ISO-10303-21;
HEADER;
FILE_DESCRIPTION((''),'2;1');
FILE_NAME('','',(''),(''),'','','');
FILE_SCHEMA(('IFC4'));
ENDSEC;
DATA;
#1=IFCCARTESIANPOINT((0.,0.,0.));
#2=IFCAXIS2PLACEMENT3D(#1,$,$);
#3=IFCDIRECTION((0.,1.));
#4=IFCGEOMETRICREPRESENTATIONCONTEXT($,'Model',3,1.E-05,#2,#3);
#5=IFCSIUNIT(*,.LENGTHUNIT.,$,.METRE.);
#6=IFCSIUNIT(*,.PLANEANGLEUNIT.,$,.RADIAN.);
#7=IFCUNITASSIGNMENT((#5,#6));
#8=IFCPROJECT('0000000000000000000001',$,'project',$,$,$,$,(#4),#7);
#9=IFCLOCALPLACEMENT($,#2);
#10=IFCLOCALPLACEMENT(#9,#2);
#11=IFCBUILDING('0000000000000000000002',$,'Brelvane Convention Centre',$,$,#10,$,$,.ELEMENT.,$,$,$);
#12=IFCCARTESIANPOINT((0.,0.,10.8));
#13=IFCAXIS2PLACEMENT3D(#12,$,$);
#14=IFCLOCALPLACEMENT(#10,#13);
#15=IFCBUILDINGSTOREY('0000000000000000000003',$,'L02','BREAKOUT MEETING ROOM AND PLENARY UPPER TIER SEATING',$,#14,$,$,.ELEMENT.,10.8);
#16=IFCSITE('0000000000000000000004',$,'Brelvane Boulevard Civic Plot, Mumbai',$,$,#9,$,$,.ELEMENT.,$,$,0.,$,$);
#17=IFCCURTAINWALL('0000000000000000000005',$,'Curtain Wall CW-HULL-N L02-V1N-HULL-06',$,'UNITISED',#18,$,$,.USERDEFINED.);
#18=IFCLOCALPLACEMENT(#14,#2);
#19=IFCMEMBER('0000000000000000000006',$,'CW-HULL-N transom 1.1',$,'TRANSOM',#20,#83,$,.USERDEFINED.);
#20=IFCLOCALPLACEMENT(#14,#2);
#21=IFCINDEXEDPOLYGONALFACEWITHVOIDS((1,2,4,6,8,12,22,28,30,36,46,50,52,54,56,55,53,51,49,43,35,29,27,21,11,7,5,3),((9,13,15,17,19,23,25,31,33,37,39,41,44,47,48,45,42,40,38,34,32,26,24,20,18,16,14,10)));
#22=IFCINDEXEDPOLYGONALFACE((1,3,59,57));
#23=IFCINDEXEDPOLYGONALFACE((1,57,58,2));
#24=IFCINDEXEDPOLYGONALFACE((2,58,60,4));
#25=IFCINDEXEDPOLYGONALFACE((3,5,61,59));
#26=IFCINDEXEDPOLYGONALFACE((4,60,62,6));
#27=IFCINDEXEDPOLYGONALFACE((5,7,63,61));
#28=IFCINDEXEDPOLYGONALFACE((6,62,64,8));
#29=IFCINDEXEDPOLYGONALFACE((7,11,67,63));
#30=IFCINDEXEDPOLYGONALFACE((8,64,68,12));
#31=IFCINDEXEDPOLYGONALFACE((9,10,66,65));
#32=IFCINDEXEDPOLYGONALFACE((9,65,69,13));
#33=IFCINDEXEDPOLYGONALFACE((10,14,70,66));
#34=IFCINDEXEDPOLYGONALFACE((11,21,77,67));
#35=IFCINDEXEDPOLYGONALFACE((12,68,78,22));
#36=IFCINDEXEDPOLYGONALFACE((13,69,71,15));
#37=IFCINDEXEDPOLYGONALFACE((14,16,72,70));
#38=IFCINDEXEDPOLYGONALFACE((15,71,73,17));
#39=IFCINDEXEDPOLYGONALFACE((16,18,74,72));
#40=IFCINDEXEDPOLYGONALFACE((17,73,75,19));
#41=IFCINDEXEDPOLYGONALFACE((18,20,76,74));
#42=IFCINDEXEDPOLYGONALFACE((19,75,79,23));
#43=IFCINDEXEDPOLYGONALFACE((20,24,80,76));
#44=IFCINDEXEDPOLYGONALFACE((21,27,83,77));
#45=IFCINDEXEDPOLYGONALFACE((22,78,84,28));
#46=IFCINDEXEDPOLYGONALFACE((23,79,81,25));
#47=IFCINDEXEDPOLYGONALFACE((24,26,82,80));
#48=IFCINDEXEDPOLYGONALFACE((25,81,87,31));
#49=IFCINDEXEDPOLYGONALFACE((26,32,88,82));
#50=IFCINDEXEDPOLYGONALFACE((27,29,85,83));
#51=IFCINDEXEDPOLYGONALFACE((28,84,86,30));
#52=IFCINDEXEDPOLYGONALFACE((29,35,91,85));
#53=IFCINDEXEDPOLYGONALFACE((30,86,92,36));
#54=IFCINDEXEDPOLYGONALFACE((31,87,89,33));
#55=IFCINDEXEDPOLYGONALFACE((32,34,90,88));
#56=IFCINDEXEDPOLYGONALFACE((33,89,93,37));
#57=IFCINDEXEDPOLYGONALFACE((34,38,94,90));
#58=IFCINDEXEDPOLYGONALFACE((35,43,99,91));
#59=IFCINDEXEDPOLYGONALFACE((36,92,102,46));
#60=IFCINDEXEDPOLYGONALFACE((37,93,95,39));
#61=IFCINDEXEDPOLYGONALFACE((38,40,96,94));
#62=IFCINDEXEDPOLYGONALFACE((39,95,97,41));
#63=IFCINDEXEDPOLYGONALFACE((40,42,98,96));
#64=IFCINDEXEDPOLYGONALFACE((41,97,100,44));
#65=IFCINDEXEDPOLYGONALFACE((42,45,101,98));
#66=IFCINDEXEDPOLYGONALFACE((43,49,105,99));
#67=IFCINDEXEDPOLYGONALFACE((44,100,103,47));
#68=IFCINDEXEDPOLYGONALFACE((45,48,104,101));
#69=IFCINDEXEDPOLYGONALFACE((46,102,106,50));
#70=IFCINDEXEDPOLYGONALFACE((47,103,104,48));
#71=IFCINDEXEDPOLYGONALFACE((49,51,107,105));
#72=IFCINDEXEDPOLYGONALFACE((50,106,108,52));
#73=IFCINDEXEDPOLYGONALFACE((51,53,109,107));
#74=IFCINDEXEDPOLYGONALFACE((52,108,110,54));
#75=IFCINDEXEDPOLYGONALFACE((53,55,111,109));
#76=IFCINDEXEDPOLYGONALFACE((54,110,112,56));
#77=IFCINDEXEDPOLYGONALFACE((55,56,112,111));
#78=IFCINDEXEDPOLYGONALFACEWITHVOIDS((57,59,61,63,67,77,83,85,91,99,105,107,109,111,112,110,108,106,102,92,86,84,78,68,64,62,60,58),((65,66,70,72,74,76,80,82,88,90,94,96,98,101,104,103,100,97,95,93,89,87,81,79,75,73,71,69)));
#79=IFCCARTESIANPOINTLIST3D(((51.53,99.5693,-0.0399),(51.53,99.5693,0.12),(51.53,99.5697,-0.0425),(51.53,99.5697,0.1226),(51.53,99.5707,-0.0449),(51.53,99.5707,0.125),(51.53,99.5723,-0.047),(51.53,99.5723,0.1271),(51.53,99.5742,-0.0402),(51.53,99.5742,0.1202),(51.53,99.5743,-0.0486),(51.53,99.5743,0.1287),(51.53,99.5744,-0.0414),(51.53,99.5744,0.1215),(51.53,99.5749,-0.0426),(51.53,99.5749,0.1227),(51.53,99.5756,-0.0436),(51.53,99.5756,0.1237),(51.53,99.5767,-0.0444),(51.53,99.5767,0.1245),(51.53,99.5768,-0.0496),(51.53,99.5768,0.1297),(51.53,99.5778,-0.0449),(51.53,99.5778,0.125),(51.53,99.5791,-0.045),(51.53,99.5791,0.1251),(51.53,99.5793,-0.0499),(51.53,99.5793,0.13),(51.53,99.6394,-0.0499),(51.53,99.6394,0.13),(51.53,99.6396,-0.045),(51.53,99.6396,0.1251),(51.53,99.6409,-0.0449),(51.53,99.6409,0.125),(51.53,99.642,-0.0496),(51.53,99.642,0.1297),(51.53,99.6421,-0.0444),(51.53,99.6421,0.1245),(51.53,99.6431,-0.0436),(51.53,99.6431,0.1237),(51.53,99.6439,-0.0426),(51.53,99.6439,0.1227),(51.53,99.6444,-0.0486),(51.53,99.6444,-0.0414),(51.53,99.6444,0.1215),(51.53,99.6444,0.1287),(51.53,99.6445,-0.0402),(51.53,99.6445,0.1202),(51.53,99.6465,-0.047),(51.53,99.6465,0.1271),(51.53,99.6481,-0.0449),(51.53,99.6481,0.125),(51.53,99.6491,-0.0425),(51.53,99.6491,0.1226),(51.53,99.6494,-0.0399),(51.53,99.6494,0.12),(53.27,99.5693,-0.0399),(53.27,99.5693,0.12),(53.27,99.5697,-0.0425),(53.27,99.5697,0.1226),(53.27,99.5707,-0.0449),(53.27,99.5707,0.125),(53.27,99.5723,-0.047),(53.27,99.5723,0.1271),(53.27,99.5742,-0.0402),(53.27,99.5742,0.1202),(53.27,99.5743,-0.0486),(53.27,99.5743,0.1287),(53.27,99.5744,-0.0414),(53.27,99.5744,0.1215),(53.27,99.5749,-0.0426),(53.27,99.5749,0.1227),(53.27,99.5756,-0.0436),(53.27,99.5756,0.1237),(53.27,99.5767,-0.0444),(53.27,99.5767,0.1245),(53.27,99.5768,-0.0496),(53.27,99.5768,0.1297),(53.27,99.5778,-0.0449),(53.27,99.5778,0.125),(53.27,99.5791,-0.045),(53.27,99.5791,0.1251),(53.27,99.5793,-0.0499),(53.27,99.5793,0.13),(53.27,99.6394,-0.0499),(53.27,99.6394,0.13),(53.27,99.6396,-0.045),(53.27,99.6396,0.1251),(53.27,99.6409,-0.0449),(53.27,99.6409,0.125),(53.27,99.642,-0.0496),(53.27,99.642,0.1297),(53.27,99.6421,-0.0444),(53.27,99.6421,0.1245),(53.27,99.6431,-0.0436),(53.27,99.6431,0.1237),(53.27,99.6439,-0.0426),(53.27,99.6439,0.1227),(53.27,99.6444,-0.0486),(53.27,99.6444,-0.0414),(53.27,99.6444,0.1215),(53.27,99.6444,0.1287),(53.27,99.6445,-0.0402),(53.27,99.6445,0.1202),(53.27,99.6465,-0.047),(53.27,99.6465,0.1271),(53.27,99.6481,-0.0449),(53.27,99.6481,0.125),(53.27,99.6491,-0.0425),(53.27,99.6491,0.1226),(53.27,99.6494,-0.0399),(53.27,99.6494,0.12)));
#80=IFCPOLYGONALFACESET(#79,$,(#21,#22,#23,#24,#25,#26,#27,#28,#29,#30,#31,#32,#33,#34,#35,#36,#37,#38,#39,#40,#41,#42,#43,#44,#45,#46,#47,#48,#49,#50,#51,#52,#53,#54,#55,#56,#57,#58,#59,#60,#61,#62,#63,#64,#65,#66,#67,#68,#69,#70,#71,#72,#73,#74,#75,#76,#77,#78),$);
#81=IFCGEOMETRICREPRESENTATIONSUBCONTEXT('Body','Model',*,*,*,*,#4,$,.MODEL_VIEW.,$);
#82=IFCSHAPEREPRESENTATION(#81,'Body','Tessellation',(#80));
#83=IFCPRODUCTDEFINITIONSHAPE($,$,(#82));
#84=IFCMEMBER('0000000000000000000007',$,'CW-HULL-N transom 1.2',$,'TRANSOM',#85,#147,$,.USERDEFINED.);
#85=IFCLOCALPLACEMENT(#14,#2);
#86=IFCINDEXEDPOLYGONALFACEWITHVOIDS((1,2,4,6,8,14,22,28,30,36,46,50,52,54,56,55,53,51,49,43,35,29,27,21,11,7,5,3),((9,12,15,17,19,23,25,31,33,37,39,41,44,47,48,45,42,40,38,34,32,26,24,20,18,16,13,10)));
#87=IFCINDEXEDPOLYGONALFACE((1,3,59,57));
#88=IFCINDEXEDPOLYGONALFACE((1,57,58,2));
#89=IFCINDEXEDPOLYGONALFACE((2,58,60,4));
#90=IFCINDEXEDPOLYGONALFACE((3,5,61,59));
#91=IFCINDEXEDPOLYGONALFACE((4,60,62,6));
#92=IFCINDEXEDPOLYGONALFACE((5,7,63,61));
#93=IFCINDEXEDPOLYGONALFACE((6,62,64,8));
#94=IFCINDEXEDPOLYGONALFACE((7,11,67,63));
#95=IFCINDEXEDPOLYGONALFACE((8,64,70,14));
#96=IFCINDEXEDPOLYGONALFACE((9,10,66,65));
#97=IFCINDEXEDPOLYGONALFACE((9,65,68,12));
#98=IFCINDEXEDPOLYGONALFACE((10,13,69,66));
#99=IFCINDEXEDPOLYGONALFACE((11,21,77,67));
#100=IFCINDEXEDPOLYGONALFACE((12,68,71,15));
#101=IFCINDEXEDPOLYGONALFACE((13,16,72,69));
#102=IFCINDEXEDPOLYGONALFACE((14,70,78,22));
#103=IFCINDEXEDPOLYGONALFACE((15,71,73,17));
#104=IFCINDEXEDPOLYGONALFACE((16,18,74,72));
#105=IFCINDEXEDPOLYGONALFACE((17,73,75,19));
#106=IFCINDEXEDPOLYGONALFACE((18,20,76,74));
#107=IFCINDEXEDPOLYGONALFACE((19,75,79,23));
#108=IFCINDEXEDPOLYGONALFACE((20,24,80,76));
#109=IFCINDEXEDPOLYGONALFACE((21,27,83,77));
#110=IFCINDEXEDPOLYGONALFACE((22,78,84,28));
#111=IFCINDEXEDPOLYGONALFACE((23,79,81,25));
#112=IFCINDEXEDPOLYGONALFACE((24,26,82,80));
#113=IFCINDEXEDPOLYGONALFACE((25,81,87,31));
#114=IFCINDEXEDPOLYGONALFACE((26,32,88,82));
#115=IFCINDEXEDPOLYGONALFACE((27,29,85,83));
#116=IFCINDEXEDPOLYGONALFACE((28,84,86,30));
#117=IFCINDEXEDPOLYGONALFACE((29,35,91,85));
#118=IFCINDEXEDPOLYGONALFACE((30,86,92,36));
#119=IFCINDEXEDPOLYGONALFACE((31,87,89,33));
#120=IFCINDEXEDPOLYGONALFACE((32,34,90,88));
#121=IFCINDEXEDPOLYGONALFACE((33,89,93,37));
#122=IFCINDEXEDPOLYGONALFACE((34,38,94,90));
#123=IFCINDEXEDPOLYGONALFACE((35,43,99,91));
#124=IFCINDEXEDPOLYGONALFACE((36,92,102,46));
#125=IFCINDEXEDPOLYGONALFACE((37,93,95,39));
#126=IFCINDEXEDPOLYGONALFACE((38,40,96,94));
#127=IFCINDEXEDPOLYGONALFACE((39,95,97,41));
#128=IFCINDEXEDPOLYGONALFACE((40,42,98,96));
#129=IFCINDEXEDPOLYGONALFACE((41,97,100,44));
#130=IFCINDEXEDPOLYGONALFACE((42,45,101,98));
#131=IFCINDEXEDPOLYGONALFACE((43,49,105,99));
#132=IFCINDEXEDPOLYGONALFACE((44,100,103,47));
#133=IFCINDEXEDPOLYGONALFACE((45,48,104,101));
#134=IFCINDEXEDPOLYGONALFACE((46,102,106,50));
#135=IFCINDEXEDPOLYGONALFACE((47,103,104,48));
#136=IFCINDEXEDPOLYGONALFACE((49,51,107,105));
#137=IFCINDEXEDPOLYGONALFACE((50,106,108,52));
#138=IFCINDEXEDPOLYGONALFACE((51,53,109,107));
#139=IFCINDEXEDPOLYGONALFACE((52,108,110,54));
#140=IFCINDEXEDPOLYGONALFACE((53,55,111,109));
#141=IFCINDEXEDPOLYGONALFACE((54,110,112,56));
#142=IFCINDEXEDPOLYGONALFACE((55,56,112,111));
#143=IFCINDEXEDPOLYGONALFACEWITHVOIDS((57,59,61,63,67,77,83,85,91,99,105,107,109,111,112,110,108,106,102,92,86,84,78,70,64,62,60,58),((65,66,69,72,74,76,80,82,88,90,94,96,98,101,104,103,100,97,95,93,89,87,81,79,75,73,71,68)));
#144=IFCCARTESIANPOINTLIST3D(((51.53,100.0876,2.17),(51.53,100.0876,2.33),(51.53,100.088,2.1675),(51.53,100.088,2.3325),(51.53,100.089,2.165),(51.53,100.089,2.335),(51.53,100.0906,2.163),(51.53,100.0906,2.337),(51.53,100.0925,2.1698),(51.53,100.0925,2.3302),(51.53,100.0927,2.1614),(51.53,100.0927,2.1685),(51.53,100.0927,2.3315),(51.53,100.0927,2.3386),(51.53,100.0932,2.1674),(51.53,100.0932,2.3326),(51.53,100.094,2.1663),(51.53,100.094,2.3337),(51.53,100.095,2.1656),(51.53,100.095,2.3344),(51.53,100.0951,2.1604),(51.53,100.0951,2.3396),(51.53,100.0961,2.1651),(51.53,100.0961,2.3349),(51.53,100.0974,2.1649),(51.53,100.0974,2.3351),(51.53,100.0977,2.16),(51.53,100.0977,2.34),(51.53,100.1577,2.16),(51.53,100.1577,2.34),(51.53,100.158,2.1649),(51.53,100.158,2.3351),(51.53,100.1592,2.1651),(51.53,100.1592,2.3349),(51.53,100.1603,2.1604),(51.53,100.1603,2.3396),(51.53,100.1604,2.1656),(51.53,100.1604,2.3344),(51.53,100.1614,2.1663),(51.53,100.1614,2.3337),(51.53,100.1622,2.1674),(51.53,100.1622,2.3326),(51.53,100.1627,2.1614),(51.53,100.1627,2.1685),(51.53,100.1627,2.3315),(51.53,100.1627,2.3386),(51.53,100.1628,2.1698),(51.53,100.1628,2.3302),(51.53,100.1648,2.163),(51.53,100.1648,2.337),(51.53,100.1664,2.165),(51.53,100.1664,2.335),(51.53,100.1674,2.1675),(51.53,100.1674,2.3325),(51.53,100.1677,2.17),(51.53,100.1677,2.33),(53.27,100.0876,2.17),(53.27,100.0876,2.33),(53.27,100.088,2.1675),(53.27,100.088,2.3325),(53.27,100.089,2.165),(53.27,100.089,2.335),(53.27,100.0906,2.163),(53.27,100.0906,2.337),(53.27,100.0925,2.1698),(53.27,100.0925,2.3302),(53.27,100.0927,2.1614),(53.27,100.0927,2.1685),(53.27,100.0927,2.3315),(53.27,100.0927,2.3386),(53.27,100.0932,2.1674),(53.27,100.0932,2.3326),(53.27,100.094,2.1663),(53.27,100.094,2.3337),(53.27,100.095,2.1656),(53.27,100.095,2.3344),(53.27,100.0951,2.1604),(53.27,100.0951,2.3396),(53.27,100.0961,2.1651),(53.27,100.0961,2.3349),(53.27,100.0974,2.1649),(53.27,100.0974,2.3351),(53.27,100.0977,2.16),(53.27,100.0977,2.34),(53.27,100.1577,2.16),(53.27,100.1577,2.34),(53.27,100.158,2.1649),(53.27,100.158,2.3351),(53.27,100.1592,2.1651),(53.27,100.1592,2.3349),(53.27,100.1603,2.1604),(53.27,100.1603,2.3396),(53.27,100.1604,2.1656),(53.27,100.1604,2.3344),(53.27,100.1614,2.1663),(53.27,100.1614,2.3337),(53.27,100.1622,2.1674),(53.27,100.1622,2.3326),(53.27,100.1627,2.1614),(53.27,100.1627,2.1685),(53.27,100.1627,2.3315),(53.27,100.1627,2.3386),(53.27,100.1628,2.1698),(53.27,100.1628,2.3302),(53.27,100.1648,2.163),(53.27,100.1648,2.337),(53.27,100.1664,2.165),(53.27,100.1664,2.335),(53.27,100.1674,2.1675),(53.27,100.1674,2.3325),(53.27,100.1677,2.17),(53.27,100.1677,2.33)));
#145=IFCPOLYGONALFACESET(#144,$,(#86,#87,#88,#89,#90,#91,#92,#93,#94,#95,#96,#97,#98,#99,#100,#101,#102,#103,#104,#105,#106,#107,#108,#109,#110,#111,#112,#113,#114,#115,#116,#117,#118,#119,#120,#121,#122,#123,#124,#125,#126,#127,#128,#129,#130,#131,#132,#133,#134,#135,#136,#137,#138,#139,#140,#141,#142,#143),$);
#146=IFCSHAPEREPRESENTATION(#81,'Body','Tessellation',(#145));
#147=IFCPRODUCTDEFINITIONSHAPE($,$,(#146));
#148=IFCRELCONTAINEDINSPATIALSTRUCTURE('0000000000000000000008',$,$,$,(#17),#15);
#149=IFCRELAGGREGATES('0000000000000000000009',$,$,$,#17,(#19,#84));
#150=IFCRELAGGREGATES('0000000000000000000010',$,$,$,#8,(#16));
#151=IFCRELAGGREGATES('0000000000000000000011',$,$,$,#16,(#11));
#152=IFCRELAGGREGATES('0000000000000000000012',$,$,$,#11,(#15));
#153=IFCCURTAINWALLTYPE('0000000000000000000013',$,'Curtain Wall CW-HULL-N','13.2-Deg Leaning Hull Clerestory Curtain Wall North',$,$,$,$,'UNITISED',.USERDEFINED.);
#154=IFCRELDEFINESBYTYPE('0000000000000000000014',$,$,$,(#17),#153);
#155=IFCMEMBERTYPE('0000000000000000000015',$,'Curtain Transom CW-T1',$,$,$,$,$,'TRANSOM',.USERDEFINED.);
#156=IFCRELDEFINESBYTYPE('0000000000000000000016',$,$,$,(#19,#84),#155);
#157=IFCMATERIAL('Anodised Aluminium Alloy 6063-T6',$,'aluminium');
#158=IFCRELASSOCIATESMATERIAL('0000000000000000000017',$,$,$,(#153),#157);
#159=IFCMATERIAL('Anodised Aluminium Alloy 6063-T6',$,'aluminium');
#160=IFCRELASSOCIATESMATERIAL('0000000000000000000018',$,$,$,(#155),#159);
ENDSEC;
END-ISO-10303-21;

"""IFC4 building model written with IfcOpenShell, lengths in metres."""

from ifc_helpers import new_model, si_unit, direction, frame, origin, origin_2d, place, context, subcontext, project, spatial, hollow_rectangle, extrude, material, material_profile, profile_set, type_object, element, aggregate, save


model = new_model("IFC4")

# Units and contexts
model_context = context("Model", 3, precision=1e-05, world=origin(), true_north=direction((0.0, 1.0)))
body_context = subcontext(model_context, "Body", "Model", "MODEL_VIEW")
ifc_project = project(units=[si_unit("LENGTHUNIT", "METRE"), si_unit("PLANEANGLEUNIT", "RADIAN")], contexts=[model_context])

# Site, building, storey
site_placement = place(None, origin())
site = spatial("IfcSite", under=ifc_project, at=site_placement, Name="Brelvane Boulevard Civic Plot, Mumbai", CompositionType="ELEMENT", RefElevation=0.0)
building_placement = place(site_placement, origin())
building = spatial("IfcBuilding", under=site, at=building_placement, Name="Brelvane Convention Centre", CompositionType="ELEMENT")
storey_placement = place(building_placement, frame((0.0, 0.0, 10.8)))
storey = spatial("IfcBuildingStorey", under=building, at=storey_placement, Name="L02", Description="BREAKOUT MEETING ROOM AND PLENARY UPPER TIER SEATING", CompositionType="ELEMENT", Elevation=10.8)

# Curtain wall, members
ifc_material_1 = material(Name="Anodised Aluminium Alloy 6063-T6", Category="aluminium")
curtain_wall_type = type_object("IfcCurtainWallType", Name="Curtain Wall CW-HULL-N", Description="13.2-Deg Leaning Hull Clerestory Curtain Wall North", ElementType="UNITISED", PredefinedType="USERDEFINED", material=ifc_material_1)
curtain_wall_placement = place(storey_placement, origin())
curtain_wall = element("IfcCurtainWall", 1, at=curtain_wall_placement, inside=storey, type_object=curtain_wall_type, Name="Curtain Wall CW-HULL-N L02-V1N-HULL-06", ObjectType="UNITISED", PredefinedType="USERDEFINED")
ifc_material_2 = material(Name="Anodised Aluminium Alloy 6063-T6", Category="aluminium")
ifc_material_profile_1 = material_profile(ifc_material_2, hollow_rectangle(XDim=0.0801, YDim=0.1799, WallThickness=0.0049, InnerFilletRadius=0.0049, OuterFilletRadius=0.01, at=origin_2d()), Name="ALU-T 180x80x5.0")
ifc_profile_set_1 = profile_set([ifc_material_profile_1], Name="Anodised Aluminium Alloy 6063-T6")
member_type_1 = type_object("IfcMemberType", Name="Curtain Transom CW-T1", ElementType="TRANSOM", PredefinedType="USERDEFINED", material=ifc_profile_set_1)
member_1_placement = place(storey_placement, frame((51.53, 99.6094, 0.04), z_axis=(1.0, 0.0, 0.0), x_axis=(0.0, 1.0, 0.0)))
member_1 = element("IfcMember", 2, at=member_1_placement, type_object=member_type_1, Name="CW-HULL-N transom 1.1", ObjectType="TRANSOM", PredefinedType="USERDEFINED", context=body_context, shape_type="SweptSolid", body=[
    extrude(hollow_rectangle(XDim=0.0801, YDim=0.1799, WallThickness=0.0049, InnerFilletRadius=0.0049, OuterFilletRadius=0.01, at=origin_2d()), origin(), (0.0, 0.0, 1.0), 1.74),
])
member_2_placement = place(storey_placement, frame((51.53, 100.1277, 2.25), z_axis=(1.0, 0.0, 0.0), x_axis=(0.0, 1.0, 0.0)))
member_2 = element("IfcMember", 3, at=member_2_placement, type_object=member_type_1, Name="CW-HULL-N transom 1.2", ObjectType="TRANSOM", PredefinedType="USERDEFINED", context=body_context, shape_type="SweptSolid", body=[
    extrude(hollow_rectangle(XDim=0.0801, YDim=0.1799, WallThickness=0.0049, InnerFilletRadius=0.0049, OuterFilletRadius=0.01, at=origin_2d()), origin(), (0.0, 0.0, 1.0), 1.74),
])

aggregate(curtain_wall, [member_1, member_2])

save(model, "model.ifc")
